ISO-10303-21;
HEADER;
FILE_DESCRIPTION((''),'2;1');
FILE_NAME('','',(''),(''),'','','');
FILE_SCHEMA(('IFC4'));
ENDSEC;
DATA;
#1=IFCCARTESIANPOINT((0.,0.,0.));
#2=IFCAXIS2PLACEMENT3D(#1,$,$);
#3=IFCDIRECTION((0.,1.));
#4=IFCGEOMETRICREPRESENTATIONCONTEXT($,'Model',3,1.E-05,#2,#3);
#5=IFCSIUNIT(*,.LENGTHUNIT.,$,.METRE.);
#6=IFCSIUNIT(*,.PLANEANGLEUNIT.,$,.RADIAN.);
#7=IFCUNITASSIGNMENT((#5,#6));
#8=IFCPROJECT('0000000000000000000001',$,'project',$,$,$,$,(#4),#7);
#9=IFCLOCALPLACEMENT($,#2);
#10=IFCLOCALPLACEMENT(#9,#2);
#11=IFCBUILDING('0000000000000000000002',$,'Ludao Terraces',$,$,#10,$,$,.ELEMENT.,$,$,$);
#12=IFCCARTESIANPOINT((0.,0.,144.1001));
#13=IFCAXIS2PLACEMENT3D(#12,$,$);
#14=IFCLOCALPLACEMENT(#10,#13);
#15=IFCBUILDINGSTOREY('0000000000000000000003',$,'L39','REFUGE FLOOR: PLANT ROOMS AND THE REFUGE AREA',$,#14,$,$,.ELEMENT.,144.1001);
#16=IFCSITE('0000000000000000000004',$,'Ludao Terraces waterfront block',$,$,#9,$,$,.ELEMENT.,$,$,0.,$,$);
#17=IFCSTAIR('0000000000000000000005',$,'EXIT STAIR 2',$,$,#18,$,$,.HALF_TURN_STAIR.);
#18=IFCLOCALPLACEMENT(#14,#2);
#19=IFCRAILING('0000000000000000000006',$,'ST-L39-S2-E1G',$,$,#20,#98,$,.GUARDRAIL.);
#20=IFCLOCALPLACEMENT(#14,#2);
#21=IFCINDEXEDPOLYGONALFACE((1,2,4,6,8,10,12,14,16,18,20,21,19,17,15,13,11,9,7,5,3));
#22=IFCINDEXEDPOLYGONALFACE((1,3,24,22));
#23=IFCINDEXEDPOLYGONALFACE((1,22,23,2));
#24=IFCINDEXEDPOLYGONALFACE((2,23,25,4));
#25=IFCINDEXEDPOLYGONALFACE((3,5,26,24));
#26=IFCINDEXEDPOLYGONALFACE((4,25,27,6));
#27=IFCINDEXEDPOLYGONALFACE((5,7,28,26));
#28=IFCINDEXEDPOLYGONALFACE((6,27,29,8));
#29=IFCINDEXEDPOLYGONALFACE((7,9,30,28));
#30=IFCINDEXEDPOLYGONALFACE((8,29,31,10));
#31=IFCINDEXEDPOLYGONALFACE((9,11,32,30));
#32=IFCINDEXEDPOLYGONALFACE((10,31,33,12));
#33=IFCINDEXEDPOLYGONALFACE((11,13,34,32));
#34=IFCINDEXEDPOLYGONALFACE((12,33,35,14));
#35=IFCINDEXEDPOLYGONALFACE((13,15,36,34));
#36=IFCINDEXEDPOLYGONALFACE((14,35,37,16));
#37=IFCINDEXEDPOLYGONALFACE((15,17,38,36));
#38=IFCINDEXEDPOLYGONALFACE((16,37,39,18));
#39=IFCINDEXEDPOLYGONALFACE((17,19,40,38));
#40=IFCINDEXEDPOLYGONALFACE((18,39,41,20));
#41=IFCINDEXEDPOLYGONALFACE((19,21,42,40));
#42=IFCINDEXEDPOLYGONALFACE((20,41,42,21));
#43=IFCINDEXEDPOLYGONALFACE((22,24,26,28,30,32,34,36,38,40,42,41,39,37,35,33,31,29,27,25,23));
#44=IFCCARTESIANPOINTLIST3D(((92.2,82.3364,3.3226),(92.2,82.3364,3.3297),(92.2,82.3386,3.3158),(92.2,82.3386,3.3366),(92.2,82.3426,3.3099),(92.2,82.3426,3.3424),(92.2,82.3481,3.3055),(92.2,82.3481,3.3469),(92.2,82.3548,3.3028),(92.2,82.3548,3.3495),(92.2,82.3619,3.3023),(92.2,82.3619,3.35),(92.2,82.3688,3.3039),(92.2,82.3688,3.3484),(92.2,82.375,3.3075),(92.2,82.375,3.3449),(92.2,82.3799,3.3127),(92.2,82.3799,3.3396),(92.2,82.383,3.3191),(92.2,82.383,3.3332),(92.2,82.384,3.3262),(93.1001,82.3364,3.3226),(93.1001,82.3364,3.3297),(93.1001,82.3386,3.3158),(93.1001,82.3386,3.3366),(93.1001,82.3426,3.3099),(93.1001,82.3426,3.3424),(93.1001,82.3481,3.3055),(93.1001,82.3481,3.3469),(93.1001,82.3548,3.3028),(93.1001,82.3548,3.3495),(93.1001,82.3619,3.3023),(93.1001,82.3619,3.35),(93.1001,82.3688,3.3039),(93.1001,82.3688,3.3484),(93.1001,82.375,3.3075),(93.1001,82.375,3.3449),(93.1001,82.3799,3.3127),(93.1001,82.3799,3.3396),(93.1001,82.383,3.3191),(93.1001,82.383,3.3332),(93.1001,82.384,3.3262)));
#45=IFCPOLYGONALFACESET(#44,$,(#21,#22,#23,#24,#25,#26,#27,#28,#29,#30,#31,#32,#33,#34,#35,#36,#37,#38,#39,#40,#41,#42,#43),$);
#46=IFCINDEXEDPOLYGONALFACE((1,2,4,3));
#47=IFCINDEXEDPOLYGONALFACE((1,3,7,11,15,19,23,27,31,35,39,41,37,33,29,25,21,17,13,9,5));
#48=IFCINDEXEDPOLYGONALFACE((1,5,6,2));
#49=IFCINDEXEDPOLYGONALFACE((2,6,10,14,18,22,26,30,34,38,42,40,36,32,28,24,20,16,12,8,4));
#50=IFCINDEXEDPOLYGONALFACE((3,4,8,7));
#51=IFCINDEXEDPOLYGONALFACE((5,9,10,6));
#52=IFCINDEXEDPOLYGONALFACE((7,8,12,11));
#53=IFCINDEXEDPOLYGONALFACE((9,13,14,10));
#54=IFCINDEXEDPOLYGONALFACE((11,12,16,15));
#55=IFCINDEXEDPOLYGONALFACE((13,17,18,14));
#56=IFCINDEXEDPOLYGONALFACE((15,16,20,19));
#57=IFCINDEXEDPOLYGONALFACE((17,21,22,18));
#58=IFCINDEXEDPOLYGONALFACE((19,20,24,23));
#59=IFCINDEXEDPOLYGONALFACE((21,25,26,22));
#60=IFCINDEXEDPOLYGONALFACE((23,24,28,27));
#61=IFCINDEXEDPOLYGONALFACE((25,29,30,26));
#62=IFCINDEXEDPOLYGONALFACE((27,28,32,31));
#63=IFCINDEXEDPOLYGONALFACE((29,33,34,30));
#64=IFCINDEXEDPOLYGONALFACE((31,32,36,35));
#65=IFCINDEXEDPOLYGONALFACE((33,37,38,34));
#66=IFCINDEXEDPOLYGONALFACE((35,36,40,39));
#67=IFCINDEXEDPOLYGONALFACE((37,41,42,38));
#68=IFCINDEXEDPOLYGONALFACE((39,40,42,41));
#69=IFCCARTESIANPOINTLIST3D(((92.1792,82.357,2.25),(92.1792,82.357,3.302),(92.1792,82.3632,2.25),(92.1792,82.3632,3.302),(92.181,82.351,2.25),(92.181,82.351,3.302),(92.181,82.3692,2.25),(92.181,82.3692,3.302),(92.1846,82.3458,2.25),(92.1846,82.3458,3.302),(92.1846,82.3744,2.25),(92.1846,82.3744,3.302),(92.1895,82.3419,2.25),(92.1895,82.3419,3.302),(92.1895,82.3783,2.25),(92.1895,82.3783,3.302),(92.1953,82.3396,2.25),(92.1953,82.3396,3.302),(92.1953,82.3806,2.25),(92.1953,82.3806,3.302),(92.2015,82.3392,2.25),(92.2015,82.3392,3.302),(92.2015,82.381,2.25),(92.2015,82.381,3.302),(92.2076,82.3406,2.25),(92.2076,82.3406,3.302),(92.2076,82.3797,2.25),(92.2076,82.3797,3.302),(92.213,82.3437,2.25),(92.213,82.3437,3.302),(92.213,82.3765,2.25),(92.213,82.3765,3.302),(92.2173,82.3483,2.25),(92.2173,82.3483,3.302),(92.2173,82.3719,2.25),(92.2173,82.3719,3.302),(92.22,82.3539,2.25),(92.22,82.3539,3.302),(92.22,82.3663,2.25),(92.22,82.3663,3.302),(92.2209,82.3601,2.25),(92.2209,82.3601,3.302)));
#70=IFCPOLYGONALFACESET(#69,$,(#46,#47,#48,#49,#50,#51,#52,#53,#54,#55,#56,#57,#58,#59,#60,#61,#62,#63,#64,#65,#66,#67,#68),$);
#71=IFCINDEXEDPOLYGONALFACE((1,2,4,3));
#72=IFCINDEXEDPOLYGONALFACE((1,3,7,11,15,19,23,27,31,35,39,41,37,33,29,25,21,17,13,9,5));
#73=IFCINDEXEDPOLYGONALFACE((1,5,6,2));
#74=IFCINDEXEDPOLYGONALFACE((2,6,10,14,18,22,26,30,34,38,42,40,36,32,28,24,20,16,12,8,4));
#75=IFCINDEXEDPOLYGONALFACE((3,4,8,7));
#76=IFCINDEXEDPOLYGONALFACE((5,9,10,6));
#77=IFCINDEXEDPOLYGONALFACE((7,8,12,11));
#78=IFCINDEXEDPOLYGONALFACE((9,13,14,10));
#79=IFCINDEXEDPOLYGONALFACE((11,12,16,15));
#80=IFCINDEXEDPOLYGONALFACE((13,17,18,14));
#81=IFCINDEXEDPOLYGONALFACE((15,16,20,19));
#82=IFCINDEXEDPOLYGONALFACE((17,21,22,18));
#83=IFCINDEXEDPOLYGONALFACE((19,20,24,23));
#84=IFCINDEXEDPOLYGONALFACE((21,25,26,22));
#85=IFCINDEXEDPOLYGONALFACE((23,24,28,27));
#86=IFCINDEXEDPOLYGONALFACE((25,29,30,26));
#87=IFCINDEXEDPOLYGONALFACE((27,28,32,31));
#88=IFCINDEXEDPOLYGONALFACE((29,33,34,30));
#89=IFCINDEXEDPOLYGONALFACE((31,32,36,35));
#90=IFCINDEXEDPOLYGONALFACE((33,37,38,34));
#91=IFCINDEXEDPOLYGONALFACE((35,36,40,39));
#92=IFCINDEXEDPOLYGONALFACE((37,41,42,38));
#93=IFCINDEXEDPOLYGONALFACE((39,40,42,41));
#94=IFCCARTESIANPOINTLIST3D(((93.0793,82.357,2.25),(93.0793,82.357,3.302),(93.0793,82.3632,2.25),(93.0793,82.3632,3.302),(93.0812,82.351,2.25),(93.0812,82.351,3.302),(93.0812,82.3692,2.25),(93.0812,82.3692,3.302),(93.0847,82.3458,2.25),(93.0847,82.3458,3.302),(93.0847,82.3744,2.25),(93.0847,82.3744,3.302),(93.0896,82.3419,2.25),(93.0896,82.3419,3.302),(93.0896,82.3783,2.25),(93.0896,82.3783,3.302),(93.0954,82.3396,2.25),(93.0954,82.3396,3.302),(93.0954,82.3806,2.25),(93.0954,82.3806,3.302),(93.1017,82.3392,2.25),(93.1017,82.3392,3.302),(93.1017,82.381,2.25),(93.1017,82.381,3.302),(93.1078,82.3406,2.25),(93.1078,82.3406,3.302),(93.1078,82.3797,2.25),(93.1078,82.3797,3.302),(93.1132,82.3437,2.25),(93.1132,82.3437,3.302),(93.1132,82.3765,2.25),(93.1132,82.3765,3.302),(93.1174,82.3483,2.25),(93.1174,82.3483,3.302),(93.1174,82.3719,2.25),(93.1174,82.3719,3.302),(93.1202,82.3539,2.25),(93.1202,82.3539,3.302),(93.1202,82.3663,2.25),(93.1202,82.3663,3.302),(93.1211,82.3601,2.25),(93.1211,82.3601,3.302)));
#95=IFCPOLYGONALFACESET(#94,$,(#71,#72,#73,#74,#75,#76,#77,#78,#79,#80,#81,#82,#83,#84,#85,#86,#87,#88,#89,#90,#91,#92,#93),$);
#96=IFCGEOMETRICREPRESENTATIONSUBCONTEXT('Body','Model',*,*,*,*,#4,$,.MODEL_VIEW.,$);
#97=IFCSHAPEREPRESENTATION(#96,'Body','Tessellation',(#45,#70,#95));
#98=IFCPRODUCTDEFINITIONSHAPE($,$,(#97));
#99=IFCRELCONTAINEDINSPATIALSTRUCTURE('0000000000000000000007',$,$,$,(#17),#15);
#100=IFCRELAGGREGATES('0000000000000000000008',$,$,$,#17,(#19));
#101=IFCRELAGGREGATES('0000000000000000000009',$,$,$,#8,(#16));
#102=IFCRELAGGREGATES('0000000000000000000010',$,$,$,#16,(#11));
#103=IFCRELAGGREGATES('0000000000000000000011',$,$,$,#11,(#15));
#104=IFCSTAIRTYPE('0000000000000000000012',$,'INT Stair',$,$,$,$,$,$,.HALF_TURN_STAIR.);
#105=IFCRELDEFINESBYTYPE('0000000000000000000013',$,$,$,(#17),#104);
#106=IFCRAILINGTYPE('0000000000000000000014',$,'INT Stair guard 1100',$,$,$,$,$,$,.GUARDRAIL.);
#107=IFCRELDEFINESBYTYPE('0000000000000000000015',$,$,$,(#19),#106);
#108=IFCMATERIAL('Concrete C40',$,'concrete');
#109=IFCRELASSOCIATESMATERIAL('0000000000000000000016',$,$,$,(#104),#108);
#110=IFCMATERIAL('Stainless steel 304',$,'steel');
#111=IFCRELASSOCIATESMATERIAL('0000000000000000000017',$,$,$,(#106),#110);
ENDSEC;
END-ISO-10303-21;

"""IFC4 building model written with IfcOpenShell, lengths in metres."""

from ifc_helpers import new_model, si_unit, direction, frame, origin, origin_2d, place, context, subcontext, project, spatial, circle, extrude, material, type_object, element, aggregate, save


model = new_model("IFC4")

# Units and contexts
model_context = context("Model", 3, precision=1e-05, world=origin(), true_north=direction((0.0, 1.0)))
body_context = subcontext(model_context, "Body", "Model", "MODEL_VIEW")
ifc_project = project(units=[si_unit("LENGTHUNIT", "METRE"), si_unit("PLANEANGLEUNIT", "RADIAN")], contexts=[model_context])

# Site, building, storey
site_placement = place(None, origin())
site = spatial("IfcSite", under=ifc_project, at=site_placement, Name="Ludao Terraces waterfront block", CompositionType="ELEMENT", RefElevation=0.0)
building_placement = place(site_placement, origin())
building = spatial("IfcBuilding", under=site, at=building_placement, Name="Ludao Terraces", CompositionType="ELEMENT")
storey_placement = place(building_placement, frame((0.0, 0.0, 144.1001)))
storey = spatial("IfcBuildingStorey", under=building, at=storey_placement, Name="L39", Description="REFUGE FLOOR: PLANT ROOMS AND THE REFUGE AREA", CompositionType="ELEMENT", Elevation=144.1001)

# Shared definitions
ifc_material_1 = material(Name="Stainless steel 304", Category="steel")

# Stair, railing
ifc_material_2 = material(Name="Concrete C40", Category="concrete")
stair_type = type_object("IfcStairType", Name="INT Stair", PredefinedType="HALF_TURN_STAIR", material=ifc_material_2)
stair_placement = place(storey_placement, origin())
stair = element("IfcStair", 1, at=stair_placement, inside=storey, type_object=stair_type, Name="EXIT STAIR 2", PredefinedType="HALF_TURN_STAIR")
railing_type_1 = type_object("IfcRailingType", Name="INT Stair guard 1100", PredefinedType="GUARDRAIL", material=ifc_material_1)
railing_1_placement = place(storey_placement, frame((92.2, 82.3601, 2.25)))
railing_1 = element("IfcRailing", 2, at=railing_1_placement, type_object=railing_type_1, Name="ST-L39-S2-E1G", PredefinedType="GUARDRAIL", context=body_context, shape_type="SweptSolid", body=[
    extrude(circle(Radius=0.0239, at=origin_2d()), frame((0.0, 0.0, 1.0762), z_axis=(1.0, 0.0, 0.0), x_axis=(0.0, 1.0, 0.0)), (0.0, 0.0, 1.0), 0.9001),
    extrude(circle(Radius=0.021, at=origin_2d()), origin(), (0.0, 0.0, 1.0), 1.052),
    extrude(circle(Radius=0.021, at=origin_2d()), frame((0.9001, 0.0, 0.0)), (0.0, 0.0, 1.0), 1.052),
])
aggregate(stair, [railing_1])

save(model, "model.ifc")
